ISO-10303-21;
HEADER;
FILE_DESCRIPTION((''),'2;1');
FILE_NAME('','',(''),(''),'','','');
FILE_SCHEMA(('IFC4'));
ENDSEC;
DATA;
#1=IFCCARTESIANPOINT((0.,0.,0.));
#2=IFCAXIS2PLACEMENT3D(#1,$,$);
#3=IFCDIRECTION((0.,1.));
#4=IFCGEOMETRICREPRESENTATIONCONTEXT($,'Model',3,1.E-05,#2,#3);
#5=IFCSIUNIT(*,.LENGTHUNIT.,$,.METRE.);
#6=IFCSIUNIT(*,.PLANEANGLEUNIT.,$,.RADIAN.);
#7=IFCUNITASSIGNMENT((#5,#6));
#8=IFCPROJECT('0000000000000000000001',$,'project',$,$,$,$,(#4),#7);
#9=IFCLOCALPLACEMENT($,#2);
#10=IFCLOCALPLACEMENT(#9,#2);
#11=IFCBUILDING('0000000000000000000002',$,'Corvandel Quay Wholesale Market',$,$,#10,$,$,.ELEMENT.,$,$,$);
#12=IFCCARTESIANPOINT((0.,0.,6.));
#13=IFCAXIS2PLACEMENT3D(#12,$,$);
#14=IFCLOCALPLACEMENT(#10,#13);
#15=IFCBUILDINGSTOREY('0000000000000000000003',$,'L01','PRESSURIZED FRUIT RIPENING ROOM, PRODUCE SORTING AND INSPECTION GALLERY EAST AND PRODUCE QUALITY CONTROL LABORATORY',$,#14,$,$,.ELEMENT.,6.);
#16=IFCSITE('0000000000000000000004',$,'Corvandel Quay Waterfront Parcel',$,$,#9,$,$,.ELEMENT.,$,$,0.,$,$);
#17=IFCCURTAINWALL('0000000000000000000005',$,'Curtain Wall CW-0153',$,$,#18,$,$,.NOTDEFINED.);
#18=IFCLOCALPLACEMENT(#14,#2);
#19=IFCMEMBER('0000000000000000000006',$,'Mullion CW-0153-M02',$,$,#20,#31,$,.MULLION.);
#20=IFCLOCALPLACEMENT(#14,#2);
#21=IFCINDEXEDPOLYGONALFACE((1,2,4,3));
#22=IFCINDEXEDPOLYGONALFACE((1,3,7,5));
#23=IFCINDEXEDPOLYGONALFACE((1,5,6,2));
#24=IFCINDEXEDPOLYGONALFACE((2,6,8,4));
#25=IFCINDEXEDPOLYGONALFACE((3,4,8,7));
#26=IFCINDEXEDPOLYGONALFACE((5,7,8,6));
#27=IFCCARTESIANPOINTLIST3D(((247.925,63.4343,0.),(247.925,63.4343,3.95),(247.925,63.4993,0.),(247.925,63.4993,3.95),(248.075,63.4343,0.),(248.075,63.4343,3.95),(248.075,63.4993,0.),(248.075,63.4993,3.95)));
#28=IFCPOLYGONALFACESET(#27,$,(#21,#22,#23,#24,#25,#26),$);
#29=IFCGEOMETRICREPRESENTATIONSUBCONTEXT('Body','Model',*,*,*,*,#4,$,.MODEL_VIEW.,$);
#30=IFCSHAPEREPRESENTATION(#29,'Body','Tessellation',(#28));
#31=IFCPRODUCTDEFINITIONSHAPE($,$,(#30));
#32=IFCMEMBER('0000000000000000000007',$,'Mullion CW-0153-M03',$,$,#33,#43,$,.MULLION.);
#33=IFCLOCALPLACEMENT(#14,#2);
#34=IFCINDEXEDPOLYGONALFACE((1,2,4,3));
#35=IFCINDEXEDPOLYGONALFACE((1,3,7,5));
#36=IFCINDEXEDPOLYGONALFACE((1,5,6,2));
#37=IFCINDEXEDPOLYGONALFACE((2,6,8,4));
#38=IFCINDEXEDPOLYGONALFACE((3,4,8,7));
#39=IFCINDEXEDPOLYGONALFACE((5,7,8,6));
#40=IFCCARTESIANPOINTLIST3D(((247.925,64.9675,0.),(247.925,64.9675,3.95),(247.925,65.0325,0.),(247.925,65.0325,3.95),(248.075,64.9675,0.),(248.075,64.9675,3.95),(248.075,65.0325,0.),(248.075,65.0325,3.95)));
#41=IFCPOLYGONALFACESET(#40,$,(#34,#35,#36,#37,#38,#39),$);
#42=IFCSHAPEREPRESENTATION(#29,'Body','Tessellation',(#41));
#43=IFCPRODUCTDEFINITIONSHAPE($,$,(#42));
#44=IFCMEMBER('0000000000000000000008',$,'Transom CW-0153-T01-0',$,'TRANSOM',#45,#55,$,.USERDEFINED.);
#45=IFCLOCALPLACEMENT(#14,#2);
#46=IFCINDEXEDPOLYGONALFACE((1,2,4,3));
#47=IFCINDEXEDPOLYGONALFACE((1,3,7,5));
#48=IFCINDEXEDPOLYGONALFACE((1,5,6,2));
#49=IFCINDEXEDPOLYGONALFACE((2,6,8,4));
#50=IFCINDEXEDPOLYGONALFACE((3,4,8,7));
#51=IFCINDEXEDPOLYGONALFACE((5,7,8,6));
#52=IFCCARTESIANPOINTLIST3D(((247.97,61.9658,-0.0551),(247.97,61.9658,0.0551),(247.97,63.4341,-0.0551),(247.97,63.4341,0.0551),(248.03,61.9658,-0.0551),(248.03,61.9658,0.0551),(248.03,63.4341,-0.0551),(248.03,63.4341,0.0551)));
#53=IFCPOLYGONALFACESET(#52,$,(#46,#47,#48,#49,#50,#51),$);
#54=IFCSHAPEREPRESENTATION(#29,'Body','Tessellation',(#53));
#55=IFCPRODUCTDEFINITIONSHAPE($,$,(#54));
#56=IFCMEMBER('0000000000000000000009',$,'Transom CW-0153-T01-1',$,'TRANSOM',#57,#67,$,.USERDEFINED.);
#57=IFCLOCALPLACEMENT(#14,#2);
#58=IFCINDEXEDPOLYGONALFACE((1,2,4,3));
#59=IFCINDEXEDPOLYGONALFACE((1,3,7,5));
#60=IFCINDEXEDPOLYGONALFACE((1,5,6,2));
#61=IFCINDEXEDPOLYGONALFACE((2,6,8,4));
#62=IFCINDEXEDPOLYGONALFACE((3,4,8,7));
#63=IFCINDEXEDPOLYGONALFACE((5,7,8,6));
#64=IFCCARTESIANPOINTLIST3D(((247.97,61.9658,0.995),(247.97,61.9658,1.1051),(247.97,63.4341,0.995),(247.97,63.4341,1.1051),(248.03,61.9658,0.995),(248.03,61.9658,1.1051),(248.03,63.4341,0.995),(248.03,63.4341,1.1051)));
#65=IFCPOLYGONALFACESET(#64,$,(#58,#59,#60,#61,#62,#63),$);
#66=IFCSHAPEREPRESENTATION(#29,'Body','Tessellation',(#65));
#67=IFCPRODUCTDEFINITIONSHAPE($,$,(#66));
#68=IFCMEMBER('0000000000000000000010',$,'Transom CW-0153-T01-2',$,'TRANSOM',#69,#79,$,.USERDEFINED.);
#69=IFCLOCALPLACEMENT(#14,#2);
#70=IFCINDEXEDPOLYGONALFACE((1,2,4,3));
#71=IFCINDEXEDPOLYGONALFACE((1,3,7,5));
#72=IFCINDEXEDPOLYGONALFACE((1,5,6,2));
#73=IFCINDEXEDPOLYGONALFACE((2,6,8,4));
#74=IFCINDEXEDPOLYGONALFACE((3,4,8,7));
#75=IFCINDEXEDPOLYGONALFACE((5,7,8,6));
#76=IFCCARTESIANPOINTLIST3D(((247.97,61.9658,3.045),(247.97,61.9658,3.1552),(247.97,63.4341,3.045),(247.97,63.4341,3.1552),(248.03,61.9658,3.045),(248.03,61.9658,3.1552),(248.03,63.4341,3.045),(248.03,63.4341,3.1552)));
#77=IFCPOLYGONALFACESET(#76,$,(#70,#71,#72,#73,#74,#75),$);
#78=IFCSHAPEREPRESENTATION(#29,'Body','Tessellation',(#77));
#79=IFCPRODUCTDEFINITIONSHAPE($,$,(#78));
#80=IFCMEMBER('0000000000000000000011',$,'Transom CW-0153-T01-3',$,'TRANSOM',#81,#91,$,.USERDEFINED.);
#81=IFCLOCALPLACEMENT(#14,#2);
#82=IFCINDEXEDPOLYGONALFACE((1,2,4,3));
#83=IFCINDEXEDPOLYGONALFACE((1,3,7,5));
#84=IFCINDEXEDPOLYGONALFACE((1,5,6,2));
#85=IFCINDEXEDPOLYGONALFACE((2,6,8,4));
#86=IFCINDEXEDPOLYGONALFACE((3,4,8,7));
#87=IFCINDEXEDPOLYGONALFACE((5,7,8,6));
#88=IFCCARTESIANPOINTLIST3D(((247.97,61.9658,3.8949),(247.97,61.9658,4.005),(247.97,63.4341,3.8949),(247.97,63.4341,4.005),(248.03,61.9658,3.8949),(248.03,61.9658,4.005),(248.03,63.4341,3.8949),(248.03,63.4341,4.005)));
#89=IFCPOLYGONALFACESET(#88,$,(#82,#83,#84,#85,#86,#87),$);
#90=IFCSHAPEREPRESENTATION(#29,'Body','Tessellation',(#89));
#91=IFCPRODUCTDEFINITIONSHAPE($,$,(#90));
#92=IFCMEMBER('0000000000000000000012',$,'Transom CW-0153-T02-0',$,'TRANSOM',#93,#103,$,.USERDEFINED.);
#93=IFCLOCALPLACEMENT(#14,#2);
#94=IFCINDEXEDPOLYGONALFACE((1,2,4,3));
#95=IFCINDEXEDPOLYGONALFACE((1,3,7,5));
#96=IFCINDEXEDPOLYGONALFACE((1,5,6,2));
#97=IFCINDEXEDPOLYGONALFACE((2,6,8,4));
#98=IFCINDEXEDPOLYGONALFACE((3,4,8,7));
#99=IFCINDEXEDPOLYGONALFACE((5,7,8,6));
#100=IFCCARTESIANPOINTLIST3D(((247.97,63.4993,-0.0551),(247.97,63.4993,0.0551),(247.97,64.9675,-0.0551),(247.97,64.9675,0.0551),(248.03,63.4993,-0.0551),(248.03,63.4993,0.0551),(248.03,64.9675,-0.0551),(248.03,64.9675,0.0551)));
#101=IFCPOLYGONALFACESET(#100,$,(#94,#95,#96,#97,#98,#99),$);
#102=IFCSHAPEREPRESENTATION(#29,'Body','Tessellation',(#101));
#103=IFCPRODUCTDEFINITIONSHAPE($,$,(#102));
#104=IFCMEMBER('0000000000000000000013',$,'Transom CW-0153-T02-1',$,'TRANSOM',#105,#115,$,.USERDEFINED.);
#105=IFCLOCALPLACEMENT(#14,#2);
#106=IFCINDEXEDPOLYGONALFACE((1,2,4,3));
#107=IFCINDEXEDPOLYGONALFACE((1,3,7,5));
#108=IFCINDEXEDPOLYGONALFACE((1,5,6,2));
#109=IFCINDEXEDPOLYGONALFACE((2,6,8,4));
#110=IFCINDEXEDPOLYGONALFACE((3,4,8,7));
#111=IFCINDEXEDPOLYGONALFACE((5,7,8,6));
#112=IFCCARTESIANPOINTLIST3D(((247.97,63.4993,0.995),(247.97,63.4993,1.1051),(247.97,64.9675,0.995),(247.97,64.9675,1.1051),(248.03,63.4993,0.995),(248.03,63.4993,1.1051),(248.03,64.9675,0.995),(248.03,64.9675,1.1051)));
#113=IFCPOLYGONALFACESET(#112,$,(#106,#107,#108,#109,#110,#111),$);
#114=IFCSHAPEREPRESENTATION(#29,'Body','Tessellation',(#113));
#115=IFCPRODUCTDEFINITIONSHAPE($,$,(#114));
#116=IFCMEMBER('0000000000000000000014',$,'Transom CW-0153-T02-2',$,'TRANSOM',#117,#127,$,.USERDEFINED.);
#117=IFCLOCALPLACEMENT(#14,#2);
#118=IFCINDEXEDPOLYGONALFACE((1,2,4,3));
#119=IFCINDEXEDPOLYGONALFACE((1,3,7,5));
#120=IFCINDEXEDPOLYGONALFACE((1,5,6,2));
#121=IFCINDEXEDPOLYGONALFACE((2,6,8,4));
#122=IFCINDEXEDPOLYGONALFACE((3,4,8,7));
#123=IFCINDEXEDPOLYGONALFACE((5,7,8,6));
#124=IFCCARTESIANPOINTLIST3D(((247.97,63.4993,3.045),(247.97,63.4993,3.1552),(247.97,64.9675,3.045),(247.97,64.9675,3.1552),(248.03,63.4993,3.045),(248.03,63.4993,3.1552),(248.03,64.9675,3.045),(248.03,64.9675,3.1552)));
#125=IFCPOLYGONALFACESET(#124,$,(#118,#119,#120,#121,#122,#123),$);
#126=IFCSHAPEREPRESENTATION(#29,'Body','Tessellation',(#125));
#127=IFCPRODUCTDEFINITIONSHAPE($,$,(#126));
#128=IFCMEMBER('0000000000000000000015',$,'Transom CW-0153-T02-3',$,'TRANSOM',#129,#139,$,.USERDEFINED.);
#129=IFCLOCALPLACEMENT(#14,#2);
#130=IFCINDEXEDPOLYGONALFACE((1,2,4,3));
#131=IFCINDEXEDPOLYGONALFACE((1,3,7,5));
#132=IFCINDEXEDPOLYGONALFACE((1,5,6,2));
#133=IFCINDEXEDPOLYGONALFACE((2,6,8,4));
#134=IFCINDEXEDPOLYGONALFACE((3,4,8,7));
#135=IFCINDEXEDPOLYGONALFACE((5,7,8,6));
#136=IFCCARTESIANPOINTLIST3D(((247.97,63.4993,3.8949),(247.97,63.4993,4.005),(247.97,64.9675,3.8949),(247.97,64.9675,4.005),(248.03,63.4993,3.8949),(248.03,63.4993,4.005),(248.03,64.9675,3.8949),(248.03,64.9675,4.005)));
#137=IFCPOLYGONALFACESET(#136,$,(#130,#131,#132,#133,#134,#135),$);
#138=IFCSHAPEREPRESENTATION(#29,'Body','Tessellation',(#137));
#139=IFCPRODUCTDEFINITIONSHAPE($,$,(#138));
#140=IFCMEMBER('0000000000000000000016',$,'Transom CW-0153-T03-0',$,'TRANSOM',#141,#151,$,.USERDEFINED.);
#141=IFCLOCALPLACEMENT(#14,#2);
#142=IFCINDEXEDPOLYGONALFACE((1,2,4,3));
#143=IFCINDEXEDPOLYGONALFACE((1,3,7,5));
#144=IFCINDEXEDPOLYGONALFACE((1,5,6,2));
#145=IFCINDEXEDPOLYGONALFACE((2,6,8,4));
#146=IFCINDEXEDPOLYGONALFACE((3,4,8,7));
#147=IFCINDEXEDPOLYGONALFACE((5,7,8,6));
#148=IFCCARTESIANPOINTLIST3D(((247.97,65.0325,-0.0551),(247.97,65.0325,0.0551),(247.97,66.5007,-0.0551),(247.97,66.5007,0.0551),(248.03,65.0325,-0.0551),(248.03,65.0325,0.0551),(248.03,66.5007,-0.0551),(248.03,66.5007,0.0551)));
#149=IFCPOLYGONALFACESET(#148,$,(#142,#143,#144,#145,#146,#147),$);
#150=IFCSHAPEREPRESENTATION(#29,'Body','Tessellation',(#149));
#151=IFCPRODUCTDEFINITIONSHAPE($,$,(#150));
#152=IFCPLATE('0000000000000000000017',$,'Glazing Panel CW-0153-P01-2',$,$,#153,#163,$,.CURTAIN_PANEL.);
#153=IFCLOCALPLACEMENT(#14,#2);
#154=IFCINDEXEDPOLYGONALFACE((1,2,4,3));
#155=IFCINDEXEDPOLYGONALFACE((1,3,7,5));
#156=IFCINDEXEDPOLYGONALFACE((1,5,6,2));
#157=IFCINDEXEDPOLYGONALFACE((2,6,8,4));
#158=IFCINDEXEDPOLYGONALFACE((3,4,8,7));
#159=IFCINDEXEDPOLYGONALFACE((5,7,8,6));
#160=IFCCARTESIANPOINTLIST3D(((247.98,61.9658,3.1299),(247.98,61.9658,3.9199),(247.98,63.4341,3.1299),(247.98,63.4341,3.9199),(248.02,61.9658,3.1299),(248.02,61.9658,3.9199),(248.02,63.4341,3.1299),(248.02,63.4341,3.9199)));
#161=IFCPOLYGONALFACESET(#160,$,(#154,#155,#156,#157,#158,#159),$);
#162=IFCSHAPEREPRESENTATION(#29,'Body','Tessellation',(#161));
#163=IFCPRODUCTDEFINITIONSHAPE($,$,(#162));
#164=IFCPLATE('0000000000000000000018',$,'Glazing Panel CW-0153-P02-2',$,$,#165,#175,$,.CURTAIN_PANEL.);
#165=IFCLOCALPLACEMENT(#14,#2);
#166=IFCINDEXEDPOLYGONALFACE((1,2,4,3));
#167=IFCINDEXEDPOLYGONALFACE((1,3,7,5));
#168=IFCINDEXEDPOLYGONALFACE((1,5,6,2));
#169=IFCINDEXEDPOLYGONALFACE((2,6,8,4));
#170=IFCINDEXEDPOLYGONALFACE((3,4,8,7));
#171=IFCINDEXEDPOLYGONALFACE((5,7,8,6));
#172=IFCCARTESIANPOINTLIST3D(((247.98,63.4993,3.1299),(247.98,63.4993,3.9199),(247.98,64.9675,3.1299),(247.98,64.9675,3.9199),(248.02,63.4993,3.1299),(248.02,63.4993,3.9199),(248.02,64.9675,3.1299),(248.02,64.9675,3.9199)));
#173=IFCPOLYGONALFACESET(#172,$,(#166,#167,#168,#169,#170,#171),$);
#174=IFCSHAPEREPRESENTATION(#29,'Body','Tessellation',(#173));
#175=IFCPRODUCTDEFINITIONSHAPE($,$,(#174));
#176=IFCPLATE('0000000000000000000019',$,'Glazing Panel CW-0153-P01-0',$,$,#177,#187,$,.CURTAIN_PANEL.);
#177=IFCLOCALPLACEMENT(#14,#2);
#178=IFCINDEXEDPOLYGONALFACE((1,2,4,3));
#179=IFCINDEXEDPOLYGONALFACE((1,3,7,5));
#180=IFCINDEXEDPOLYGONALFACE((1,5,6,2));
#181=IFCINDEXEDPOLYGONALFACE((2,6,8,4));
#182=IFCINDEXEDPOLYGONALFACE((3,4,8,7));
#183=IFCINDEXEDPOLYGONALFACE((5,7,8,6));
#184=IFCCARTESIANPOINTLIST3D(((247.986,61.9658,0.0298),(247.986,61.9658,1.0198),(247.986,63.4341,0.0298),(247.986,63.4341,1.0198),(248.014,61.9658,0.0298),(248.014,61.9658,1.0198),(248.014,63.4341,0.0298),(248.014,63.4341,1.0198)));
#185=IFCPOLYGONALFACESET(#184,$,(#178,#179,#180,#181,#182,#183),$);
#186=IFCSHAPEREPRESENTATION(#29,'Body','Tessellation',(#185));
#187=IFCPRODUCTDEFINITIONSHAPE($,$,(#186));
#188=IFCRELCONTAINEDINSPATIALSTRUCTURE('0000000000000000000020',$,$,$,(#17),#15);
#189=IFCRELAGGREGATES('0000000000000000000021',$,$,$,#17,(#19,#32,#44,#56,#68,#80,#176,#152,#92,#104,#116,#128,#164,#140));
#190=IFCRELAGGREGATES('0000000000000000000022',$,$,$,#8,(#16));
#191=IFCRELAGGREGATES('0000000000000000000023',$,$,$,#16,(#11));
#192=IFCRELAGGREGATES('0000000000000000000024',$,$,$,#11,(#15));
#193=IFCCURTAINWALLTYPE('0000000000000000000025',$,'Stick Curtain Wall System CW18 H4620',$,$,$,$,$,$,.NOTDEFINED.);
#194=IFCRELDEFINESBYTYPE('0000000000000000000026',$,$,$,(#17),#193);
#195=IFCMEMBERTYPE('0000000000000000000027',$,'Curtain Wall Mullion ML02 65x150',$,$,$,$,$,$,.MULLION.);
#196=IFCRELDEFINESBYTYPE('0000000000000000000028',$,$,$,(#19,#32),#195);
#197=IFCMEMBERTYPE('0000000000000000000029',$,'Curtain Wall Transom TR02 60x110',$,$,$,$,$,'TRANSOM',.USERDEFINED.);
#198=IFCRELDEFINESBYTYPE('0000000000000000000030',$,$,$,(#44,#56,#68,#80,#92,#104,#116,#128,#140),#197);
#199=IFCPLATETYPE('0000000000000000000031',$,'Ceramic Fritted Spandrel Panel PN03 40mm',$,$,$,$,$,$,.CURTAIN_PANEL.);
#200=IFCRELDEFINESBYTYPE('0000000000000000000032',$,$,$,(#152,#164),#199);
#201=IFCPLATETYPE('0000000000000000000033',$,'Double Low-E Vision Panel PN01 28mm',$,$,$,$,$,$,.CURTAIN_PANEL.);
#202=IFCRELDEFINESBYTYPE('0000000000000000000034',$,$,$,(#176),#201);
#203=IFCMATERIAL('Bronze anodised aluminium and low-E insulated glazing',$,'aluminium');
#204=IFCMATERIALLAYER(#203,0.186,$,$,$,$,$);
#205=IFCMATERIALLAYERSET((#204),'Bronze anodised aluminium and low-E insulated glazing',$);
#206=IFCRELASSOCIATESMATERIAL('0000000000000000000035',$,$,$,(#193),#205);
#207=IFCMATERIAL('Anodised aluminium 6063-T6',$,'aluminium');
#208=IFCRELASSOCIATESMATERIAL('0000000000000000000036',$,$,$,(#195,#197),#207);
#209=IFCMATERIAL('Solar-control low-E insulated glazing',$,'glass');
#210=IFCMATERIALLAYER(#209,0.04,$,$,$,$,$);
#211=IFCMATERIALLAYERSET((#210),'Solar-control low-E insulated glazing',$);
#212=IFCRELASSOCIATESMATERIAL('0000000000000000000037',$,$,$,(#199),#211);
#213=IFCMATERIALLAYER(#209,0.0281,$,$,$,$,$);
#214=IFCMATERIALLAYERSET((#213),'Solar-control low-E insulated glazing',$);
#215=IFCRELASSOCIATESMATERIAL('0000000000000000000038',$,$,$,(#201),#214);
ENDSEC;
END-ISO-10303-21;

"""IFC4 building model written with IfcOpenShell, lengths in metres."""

from ifc_helpers import new_model, si_unit, direction, frame, origin, origin_2d, place, context, subcontext, project, spatial, rectangle, extrude, material, layer, layer_set, material_profile, profile_set, type_object, element, aggregate, save


model = new_model("IFC4")

# Units and contexts
model_context = context("Model", 3, precision=1e-05, world=origin(), true_north=direction((0.0, 1.0)))
body_context = subcontext(model_context, "Body", "Model", "MODEL_VIEW")
ifc_project = project(units=[si_unit("LENGTHUNIT", "METRE"), si_unit("PLANEANGLEUNIT", "RADIAN")], contexts=[model_context])

# Site, building, storey
site_placement = place(None, origin())
site = spatial("IfcSite", under=ifc_project, at=site_placement, Name="Corvandel Quay Waterfront Parcel", CompositionType="ELEMENT", RefElevation=0.0)
building_placement = place(site_placement, origin())
building = spatial("IfcBuilding", under=site, at=building_placement, Name="Corvandel Quay Wholesale Market", CompositionType="ELEMENT")
storey_placement = place(building_placement, frame((0.0, 0.0, 6.0)))
storey = spatial("IfcBuildingStorey", under=building, at=storey_placement, Name="L01", Description="PRESSURIZED FRUIT RIPENING ROOM, PRODUCE SORTING AND INSPECTION GALLERY EAST AND PRODUCE QUALITY CONTROL LABORATORY", CompositionType="ELEMENT", Elevation=6.0)

# Curtain wall, members, plates
ifc_material_1 = material(Name="Bronze anodised aluminium and low-E insulated glazing", Category="aluminium")
ifc_layer_1 = layer(ifc_material_1, 0.186)
ifc_layer_set_1 = layer_set([ifc_layer_1], Name="Bronze anodised aluminium and low-E insulated glazing")
curtain_wall_type = type_object("IfcCurtainWallType", Name="Stick Curtain Wall System CW18 H4620", PredefinedType="NOTDEFINED", material=ifc_layer_set_1)
curtain_wall_placement = place(storey_placement, origin())
curtain_wall = element("IfcCurtainWall", 1, at=curtain_wall_placement, inside=storey, type_object=curtain_wall_type, Name="Curtain Wall CW-0153", PredefinedType="NOTDEFINED")
ifc_material_2 = material(Name="Anodised aluminium 6063-T6", Category="aluminium")
ifc_material_profile_1 = material_profile(ifc_material_2, rectangle(XDim=0.0649, YDim=0.1499, at=origin_2d()), Name="ALU-MUL-65x150")
ifc_profile_set_1 = profile_set([ifc_material_profile_1], Name="Anodised aluminium 6063-T6")
member_type_1 = type_object("IfcMemberType", Name="Curtain Wall Mullion ML02 65x150", PredefinedType="MULLION", material=ifc_profile_set_1)
member_1_placement = place(storey_placement, frame((248.0, 63.4668, 0.0), z_axis=(0.0, 0.0, 1.0), x_axis=(0.0, 1.0, 0.0)))
member_1 = element("IfcMember", 2, at=member_1_placement, type_object=member_type_1, Name="Mullion CW-0153-M02", PredefinedType="MULLION", context=body_context, shape_type="SweptSolid", body=[
    extrude(rectangle(XDim=0.0649, YDim=0.1499, at=origin_2d()), origin(), (0.0, 0.0, 1.0), 3.95),
])
member_2_placement = place(storey_placement, frame((248.0, 65.0, 0.0), z_axis=(0.0, 0.0, 1.0), x_axis=(0.0, 1.0, 0.0)))
member_2 = element("IfcMember", 3, at=member_2_placement, type_object=member_type_1, Name="Mullion CW-0153-M03", PredefinedType="MULLION", context=body_context, shape_type="SweptSolid", body=[
    extrude(rectangle(XDim=0.0649, YDim=0.1499, at=origin_2d()), origin(), (0.0, 0.0, 1.0), 3.95),
])
ifc_material_profile_2 = material_profile(ifc_material_2, rectangle(XDim=0.0601, YDim=0.1101, at=origin_2d()), Name="ALU-TRN-60x110")
ifc_profile_set_2 = profile_set([ifc_material_profile_2], Name="Anodised aluminium 6063-T6")
member_type_2 = type_object("IfcMemberType", Name="Curtain Wall Transom TR02 60x110", ElementType="TRANSOM", PredefinedType="USERDEFINED", material=ifc_profile_set_2)
member_3_placement = place(storey_placement, frame((248.0, 61.9658, 0.0), z_axis=(0.0, 1.0, 0.0), x_axis=(-1.0, 0.0, 0.0)))
member_3 = element("IfcMember", 4, at=member_3_placement, type_object=member_type_2, Name="Transom CW-0153-T01-0", ObjectType="TRANSOM", PredefinedType="USERDEFINED", context=body_context, shape_type="SweptSolid", body=[
    extrude(rectangle(XDim=0.0601, YDim=0.1101, at=origin_2d()), origin(), (0.0, 0.0, 1.0), 1.4683),
])
member_4_placement = place(storey_placement, frame((248.0, 61.9658, 1.05), z_axis=(0.0, 1.0, 0.0), x_axis=(-1.0, 0.0, 0.0)))
member_4 = element("IfcMember", 5, at=member_4_placement, type_object=member_type_2, Name="Transom CW-0153-T01-1", ObjectType="TRANSOM", PredefinedType="USERDEFINED", context=body_context, shape_type="SweptSolid", body=[
    extrude(rectangle(XDim=0.0601, YDim=0.1101, at=origin_2d()), origin(), (0.0, 0.0, 1.0), 1.4683),
])
member_5_placement = place(storey_placement, frame((248.0, 61.9658, 3.1001), z_axis=(0.0, 1.0, 0.0), x_axis=(-1.0, 0.0, 0.0)))
member_5 = element("IfcMember", 6, at=member_5_placement, type_object=member_type_2, Name="Transom CW-0153-T01-2", ObjectType="TRANSOM", PredefinedType="USERDEFINED", context=body_context, shape_type="SweptSolid", body=[
    extrude(rectangle(XDim=0.0601, YDim=0.1101, at=origin_2d()), origin(), (0.0, 0.0, 1.0), 1.4683),
])
member_6_placement = place(storey_placement, frame((248.0, 61.9658, 3.95), z_axis=(0.0, 1.0, 0.0), x_axis=(-1.0, 0.0, 0.0)))
member_6 = element("IfcMember", 7, at=member_6_placement, type_object=member_type_2, Name="Transom CW-0153-T01-3", ObjectType="TRANSOM", PredefinedType="USERDEFINED", context=body_context, shape_type="SweptSolid", body=[
    extrude(rectangle(XDim=0.0601, YDim=0.1101, at=origin_2d()), origin(), (0.0, 0.0, 1.0), 1.4683),
])
member_7_placement = place(storey_placement, frame((248.0, 63.4993, 0.0), z_axis=(0.0, 1.0, 0.0), x_axis=(-1.0, 0.0, 0.0)))
member_7 = element("IfcMember", 8, at=member_7_placement, type_object=member_type_2, Name="Transom CW-0153-T02-0", ObjectType="TRANSOM", PredefinedType="USERDEFINED", context=body_context, shape_type="SweptSolid", body=[
    extrude(rectangle(XDim=0.0601, YDim=0.1101, at=origin_2d()), origin(), (0.0, 0.0, 1.0), 1.4683),
])
member_8_placement = place(storey_placement, frame((248.0, 63.4993, 1.05), z_axis=(0.0, 1.0, 0.0), x_axis=(-1.0, 0.0, 0.0)))
member_8 = element("IfcMember", 9, at=member_8_placement, type_object=member_type_2, Name="Transom CW-0153-T02-1", ObjectType="TRANSOM", PredefinedType="USERDEFINED", context=body_context, shape_type="SweptSolid", body=[
    extrude(rectangle(XDim=0.0601, YDim=0.1101, at=origin_2d()), origin(), (0.0, 0.0, 1.0), 1.4683),
])
member_9_placement = place(storey_placement, frame((248.0, 63.4993, 3.1001), z_axis=(0.0, 1.0, 0.0), x_axis=(-1.0, 0.0, 0.0)))
member_9 = element("IfcMember", 10, at=member_9_placement, type_object=member_type_2, Name="Transom CW-0153-T02-2", ObjectType="TRANSOM", PredefinedType="USERDEFINED", context=body_context, shape_type="SweptSolid", body=[
    extrude(rectangle(XDim=0.0601, YDim=0.1101, at=origin_2d()), origin(), (0.0, 0.0, 1.0), 1.4683),
])
member_10_placement = place(storey_placement, frame((248.0, 63.4993, 3.95), z_axis=(0.0, 1.0, 0.0), x_axis=(-1.0, 0.0, 0.0)))
member_10 = element("IfcMember", 11, at=member_10_placement, type_object=member_type_2, Name="Transom CW-0153-T02-3", ObjectType="TRANSOM", PredefinedType="USERDEFINED", context=body_context, shape_type="SweptSolid", body=[
    extrude(rectangle(XDim=0.0601, YDim=0.1101, at=origin_2d()), origin(), (0.0, 0.0, 1.0), 1.4683),
])
member_11_placement = place(storey_placement, frame((248.0, 65.0325, 0.0), z_axis=(0.0, 1.0, 0.0), x_axis=(-1.0, 0.0, 0.0)))
member_11 = element("IfcMember", 12, at=member_11_placement, type_object=member_type_2, Name="Transom CW-0153-T03-0", ObjectType="TRANSOM", PredefinedType="USERDEFINED", context=body_context, shape_type="SweptSolid", body=[
    extrude(rectangle(XDim=0.0601, YDim=0.1101, at=origin_2d()), origin(), (0.0, 0.0, 1.0), 1.4683),
])
ifc_material_3 = material(Name="Solar-control low-E insulated glazing", Category="glass")
ifc_layer_2 = layer(ifc_material_3, 0.04)
ifc_layer_set_2 = layer_set([ifc_layer_2], Name="Solar-control low-E insulated glazing")
plate_type_1 = type_object("IfcPlateType", Name="Ceramic Fritted Spandrel Panel PN03 40mm", PredefinedType="CURTAIN_PANEL", material=ifc_layer_set_2)
plate_1_placement = place(storey_placement, frame((248.0, 62.7, 3.1299), z_axis=(0.0, 0.0, 1.0), x_axis=(0.0, 1.0, 0.0)))
plate_1 = element("IfcPlate", 13, at=plate_1_placement, type_object=plate_type_1, Name="Glazing Panel CW-0153-P01-2", PredefinedType="CURTAIN_PANEL", context=body_context, shape_type="SweptSolid", body=[
    extrude(rectangle(XDim=1.4683, YDim=0.04, at=origin_2d()), origin(), (0.0, 0.0, 1.0), 0.79),
])
plate_2_placement = place(storey_placement, frame((248.0, 64.2334, 3.1299), z_axis=(0.0, 0.0, 1.0), x_axis=(0.0, 1.0, 0.0)))
plate_2 = element("IfcPlate", 14, at=plate_2_placement, type_object=plate_type_1, Name="Glazing Panel CW-0153-P02-2", PredefinedType="CURTAIN_PANEL", context=body_context, shape_type="SweptSolid", body=[
    extrude(rectangle(XDim=1.4683, YDim=0.04, at=origin_2d()), origin(), (0.0, 0.0, 1.0), 0.79),
])
ifc_layer_3 = layer(ifc_material_3, 0.0281)
ifc_layer_set_3 = layer_set([ifc_layer_3], Name="Solar-control low-E insulated glazing")
plate_type_2 = type_object("IfcPlateType", Name="Double Low-E Vision Panel PN01 28mm", PredefinedType="CURTAIN_PANEL", material=ifc_layer_set_3)
plate_3_placement = place(storey_placement, frame((248.0, 62.7, 0.0298), z_axis=(0.0, 0.0, 1.0), x_axis=(0.0, 1.0, 0.0)))
plate_3 = element("IfcPlate", 15, at=plate_3_placement, type_object=plate_type_2, Name="Glazing Panel CW-0153-P01-0", PredefinedType="CURTAIN_PANEL", context=body_context, shape_type="SweptSolid", body=[
    extrude(rectangle(XDim=1.4683, YDim=0.0281, at=origin_2d()), origin(), (0.0, 0.0, 1.0), 0.99),
])
aggregate(curtain_wall, [member_1, member_2, member_3, member_4, member_5, member_6, plate_3, plate_1, member_7, member_8, member_9, member_10, plate_2, member_11])

save(model, "model.ifc")
